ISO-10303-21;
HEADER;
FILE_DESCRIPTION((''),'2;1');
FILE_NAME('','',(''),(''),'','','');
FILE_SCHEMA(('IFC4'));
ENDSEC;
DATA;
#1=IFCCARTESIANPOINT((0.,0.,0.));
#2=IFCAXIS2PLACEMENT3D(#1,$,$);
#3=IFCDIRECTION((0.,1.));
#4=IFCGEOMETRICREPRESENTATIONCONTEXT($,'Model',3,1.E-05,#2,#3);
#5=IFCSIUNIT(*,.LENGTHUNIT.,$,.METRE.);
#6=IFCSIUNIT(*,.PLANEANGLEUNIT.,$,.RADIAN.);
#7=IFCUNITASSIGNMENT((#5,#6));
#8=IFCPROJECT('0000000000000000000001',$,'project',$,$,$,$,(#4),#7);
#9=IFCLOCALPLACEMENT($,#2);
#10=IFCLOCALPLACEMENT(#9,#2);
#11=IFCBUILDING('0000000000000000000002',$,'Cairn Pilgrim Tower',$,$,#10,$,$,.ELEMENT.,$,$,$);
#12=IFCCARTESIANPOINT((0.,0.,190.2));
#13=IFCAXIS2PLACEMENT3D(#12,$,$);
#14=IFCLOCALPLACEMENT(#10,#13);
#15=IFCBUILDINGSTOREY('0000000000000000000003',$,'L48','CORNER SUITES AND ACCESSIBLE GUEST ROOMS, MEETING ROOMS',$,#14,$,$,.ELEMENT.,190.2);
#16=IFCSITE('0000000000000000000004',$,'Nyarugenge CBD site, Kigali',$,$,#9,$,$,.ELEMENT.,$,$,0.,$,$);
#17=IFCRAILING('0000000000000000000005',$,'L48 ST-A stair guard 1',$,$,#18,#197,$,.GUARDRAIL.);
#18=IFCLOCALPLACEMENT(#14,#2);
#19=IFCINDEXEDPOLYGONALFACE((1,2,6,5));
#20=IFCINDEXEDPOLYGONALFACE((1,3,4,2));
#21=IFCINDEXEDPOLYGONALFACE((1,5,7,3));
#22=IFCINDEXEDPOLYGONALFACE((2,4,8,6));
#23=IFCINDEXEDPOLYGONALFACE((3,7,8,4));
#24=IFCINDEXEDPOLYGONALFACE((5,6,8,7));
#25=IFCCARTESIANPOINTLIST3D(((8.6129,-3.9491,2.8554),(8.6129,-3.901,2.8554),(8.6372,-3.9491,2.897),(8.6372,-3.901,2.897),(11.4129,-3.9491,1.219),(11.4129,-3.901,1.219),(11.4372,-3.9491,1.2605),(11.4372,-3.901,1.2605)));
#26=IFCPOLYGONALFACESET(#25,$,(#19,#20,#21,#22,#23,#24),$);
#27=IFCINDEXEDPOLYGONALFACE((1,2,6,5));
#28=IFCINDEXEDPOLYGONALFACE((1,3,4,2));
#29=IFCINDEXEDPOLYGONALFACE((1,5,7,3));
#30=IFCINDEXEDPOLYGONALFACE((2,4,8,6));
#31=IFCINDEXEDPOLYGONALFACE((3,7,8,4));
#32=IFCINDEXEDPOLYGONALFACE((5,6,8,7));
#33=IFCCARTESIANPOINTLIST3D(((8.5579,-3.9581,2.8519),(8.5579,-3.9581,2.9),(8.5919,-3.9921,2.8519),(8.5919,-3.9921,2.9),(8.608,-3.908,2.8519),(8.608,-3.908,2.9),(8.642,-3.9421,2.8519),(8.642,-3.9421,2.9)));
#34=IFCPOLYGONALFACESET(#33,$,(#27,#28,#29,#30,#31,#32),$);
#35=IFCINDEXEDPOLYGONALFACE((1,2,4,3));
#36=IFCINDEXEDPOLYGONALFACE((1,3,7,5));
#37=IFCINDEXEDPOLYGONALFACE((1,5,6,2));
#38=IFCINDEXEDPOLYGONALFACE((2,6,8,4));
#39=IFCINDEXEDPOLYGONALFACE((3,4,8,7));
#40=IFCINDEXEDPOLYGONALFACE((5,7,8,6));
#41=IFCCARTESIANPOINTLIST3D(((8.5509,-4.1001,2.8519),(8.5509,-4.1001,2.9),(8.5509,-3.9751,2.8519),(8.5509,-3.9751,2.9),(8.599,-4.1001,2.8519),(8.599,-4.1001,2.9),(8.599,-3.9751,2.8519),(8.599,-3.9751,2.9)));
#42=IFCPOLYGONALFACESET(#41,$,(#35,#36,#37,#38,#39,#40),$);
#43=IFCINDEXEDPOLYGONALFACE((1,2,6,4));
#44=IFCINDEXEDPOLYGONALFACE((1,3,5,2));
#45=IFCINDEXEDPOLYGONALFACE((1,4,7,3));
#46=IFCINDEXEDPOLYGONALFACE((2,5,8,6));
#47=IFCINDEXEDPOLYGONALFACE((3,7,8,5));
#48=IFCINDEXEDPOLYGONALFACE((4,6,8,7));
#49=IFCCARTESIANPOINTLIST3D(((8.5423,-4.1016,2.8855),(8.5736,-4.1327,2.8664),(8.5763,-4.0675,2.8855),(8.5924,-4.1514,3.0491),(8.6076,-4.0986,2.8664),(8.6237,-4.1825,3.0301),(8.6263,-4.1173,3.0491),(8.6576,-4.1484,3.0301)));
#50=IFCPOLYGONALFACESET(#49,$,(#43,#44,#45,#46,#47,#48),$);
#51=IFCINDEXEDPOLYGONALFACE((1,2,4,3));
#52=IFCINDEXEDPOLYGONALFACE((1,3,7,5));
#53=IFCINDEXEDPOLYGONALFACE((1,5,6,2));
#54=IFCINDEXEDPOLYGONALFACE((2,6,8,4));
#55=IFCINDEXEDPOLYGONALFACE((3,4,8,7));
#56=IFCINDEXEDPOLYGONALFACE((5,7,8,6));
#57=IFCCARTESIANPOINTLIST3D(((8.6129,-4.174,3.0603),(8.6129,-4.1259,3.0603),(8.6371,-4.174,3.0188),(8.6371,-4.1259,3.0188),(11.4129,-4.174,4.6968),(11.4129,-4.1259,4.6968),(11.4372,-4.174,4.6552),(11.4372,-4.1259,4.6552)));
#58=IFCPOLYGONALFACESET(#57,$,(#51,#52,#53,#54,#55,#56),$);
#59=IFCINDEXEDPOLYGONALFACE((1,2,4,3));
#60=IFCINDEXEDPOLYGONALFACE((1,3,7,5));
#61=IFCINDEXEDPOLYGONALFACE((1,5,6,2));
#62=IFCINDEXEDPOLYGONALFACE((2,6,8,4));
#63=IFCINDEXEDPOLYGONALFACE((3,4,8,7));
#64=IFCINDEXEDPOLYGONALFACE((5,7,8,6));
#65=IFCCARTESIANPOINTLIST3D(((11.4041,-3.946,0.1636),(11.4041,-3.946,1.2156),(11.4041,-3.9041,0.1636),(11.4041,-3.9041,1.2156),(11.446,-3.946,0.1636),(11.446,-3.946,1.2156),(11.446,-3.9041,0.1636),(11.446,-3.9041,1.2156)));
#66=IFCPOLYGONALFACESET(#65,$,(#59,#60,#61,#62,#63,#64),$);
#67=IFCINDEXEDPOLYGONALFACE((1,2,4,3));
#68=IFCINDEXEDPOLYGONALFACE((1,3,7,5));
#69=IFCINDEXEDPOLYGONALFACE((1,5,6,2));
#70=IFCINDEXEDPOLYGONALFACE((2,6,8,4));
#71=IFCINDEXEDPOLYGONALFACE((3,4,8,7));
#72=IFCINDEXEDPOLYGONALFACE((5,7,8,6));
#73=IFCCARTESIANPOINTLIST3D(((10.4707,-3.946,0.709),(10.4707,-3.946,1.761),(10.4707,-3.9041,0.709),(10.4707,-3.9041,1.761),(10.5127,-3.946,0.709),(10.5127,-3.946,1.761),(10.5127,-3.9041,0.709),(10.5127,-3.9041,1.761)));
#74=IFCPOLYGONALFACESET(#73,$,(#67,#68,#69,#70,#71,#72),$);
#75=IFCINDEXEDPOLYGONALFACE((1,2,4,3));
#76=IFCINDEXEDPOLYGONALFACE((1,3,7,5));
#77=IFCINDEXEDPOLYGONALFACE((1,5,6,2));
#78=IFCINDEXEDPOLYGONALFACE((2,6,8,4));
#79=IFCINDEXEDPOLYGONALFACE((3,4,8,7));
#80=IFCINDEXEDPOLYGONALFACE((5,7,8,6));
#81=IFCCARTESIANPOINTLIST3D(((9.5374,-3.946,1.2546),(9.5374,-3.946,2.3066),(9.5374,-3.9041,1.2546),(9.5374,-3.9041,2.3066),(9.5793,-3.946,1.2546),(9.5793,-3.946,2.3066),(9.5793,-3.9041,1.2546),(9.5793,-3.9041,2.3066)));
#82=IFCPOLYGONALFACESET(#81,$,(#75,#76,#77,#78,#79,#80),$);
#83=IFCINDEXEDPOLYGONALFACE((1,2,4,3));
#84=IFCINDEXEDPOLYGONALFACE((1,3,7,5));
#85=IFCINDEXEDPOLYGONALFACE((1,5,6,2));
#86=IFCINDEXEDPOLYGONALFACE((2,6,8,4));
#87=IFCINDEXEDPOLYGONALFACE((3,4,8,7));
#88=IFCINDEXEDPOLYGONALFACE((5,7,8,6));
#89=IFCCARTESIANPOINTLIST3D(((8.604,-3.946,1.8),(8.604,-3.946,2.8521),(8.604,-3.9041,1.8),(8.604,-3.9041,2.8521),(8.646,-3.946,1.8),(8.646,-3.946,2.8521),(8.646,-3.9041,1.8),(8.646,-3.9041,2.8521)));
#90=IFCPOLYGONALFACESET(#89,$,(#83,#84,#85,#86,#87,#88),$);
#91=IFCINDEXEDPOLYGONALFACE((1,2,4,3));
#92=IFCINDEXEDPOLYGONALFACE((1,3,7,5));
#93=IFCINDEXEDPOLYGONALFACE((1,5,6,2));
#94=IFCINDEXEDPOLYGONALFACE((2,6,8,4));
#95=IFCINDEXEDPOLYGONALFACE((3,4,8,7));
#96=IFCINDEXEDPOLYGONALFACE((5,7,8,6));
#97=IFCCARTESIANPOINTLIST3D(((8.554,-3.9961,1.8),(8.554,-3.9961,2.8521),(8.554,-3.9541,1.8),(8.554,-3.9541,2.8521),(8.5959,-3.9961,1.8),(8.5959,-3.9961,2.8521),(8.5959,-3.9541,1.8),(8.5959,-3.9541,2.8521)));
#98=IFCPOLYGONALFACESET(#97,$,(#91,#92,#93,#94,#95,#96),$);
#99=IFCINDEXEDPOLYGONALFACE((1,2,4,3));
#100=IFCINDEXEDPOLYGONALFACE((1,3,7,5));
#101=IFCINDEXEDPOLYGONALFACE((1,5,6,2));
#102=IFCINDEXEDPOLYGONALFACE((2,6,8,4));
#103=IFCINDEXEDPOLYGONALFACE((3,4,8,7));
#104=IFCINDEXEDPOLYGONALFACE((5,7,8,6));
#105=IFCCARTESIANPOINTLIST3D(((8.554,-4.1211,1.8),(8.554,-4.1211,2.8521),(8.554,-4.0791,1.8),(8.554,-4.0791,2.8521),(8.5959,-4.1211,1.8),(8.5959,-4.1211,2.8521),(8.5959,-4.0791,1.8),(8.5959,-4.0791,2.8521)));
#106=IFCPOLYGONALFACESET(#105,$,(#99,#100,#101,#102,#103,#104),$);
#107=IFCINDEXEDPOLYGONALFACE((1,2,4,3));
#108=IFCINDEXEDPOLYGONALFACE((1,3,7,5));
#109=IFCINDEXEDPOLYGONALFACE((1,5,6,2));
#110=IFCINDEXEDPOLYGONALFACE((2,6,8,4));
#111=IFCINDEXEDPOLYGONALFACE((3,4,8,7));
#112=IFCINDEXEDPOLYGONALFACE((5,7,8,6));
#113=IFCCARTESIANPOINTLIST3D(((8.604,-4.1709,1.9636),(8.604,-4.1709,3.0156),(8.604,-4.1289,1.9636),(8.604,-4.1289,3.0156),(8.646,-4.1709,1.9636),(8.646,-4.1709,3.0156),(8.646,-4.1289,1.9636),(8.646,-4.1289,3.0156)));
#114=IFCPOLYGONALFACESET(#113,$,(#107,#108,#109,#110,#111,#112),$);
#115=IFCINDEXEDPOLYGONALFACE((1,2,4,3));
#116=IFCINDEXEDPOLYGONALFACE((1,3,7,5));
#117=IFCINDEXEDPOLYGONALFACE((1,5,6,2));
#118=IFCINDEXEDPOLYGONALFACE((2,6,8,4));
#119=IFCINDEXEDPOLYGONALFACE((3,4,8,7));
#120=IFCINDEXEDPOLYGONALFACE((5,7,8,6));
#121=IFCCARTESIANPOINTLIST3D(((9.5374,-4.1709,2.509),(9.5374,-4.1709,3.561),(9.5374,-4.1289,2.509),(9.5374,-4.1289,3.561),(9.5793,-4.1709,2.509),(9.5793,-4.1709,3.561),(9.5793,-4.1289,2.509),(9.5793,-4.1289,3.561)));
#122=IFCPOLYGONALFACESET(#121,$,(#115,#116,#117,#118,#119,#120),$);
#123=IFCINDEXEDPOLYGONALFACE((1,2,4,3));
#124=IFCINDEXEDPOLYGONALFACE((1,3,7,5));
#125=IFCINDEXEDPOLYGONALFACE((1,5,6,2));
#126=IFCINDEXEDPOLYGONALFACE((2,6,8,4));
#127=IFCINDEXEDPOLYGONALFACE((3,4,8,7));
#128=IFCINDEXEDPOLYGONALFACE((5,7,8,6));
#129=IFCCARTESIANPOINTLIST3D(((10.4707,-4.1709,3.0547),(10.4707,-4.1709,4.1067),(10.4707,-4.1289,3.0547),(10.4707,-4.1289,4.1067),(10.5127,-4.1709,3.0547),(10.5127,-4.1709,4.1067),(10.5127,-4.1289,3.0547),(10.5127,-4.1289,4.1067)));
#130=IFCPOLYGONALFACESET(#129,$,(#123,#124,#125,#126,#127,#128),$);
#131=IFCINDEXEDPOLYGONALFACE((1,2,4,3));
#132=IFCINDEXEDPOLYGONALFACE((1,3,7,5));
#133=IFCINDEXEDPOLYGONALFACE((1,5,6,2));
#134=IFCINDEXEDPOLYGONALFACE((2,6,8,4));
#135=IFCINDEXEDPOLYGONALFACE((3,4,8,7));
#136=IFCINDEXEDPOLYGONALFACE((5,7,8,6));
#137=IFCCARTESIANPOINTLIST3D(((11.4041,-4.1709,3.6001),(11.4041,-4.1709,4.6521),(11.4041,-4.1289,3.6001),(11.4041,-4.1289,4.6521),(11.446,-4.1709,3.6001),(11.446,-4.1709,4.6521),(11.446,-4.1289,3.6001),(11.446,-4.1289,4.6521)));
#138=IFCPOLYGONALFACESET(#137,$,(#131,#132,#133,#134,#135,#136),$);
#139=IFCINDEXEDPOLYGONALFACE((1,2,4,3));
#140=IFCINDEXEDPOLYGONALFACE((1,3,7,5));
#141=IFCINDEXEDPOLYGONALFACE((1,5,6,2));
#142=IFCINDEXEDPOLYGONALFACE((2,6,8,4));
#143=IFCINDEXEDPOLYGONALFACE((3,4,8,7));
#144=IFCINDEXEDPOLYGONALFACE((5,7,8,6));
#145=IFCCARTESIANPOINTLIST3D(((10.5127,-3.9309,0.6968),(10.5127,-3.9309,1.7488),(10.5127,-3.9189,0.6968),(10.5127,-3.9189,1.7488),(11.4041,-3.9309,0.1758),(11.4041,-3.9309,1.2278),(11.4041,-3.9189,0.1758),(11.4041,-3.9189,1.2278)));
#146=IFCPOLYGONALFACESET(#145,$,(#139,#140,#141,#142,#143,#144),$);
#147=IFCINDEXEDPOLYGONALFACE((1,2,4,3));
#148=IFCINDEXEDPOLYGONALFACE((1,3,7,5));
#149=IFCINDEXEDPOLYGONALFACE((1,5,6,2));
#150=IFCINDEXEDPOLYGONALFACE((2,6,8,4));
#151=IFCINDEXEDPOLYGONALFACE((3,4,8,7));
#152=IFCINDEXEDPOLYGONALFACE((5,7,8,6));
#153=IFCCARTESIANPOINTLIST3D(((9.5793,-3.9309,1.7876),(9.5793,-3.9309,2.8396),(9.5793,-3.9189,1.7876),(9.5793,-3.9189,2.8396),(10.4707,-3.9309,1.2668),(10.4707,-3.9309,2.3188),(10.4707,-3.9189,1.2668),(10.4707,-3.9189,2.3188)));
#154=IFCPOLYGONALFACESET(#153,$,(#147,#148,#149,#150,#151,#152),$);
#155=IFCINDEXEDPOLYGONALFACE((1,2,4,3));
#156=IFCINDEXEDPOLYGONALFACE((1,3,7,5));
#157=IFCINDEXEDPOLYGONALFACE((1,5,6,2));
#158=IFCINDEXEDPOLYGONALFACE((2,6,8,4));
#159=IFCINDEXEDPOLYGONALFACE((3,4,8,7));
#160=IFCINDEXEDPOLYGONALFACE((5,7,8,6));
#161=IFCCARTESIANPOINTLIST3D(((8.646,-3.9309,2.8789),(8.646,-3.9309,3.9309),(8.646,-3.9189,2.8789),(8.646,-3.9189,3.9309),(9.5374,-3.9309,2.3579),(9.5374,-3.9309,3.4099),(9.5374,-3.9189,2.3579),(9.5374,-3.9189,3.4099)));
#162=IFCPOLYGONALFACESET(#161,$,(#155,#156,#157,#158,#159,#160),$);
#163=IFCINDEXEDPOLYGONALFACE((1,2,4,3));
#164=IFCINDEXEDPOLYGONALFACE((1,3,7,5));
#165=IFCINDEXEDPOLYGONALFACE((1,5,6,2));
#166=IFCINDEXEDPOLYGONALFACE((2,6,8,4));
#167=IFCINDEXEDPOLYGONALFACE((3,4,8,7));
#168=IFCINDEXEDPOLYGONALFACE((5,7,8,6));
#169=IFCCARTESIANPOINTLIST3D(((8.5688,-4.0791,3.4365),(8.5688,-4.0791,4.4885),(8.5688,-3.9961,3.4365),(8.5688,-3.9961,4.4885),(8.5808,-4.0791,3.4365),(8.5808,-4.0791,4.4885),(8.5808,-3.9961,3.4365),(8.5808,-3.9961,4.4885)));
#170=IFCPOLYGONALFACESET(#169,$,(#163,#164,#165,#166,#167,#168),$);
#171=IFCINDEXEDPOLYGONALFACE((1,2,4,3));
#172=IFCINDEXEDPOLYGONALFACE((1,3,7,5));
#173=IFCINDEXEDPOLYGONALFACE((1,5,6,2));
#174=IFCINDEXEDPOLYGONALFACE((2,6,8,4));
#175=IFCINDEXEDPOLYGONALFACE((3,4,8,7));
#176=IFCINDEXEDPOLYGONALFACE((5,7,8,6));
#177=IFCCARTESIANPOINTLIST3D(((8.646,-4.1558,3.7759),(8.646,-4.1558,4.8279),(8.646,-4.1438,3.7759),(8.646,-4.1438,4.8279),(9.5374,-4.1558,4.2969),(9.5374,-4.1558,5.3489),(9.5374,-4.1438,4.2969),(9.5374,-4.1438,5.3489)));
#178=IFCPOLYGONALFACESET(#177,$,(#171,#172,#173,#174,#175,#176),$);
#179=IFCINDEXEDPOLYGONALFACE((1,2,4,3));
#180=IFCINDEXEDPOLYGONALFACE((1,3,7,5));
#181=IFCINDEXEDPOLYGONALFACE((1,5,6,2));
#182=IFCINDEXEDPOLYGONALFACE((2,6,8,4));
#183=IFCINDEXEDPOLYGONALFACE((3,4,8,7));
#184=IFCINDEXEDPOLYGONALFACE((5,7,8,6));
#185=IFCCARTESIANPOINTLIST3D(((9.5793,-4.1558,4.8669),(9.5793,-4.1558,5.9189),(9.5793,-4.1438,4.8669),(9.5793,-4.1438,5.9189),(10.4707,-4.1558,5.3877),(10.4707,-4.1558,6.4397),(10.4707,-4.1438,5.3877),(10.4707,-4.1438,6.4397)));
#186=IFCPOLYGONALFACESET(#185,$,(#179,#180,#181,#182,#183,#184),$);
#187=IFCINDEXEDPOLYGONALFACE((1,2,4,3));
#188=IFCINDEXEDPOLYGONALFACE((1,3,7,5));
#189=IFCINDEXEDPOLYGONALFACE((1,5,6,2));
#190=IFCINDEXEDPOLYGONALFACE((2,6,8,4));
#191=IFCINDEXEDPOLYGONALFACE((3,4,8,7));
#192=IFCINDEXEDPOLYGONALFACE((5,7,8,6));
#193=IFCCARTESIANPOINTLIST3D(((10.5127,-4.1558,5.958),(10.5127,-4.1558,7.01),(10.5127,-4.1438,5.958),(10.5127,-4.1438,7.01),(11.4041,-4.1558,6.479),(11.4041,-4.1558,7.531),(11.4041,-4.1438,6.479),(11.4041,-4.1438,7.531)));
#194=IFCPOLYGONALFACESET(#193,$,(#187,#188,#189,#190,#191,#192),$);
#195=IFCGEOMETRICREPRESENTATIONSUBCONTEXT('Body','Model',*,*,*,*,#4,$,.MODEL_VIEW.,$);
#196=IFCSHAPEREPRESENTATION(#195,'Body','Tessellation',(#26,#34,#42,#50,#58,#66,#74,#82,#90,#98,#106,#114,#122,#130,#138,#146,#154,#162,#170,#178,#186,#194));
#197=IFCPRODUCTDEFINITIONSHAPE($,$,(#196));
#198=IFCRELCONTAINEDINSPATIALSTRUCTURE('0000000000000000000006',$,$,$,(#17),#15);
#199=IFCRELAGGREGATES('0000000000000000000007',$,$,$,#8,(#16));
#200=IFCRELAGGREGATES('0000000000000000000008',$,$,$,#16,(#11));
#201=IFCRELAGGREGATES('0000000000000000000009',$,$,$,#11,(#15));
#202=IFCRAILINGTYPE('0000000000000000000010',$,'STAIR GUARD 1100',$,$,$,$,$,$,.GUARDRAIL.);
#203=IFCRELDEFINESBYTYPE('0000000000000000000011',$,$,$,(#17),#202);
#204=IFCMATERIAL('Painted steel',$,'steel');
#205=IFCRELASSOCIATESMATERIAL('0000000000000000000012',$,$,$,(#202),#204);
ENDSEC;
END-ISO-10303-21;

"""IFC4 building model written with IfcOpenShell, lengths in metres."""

from ifc_helpers import new_model, si_unit, direction, frame, origin, origin_2d, place, context, subcontext, project, spatial, polyline, rectangle, outline, extrude, material, type_object, element, save


model = new_model("IFC4")

# Units and contexts
model_context = context("Model", 3, precision=1e-05, world=origin(), true_north=direction((0.0, 1.0)))
body_context = subcontext(model_context, "Body", "Model", "MODEL_VIEW")
ifc_project = project(units=[si_unit("LENGTHUNIT", "METRE"), si_unit("PLANEANGLEUNIT", "RADIAN")], contexts=[model_context])

# Site, building, storey
site_placement = place(None, origin())
site = spatial("IfcSite", under=ifc_project, at=site_placement, Name="Nyarugenge CBD site, Kigali", CompositionType="ELEMENT", RefElevation=0.0)
building_placement = place(site_placement, origin())
building = spatial("IfcBuilding", under=site, at=building_placement, Name="Cairn Pilgrim Tower", CompositionType="ELEMENT")
storey_placement = place(building_placement, frame((0.0, 0.0, 190.2)))
storey = spatial("IfcBuildingStorey", under=building, at=storey_placement, Name="L48", Description="CORNER SUITES AND ACCESSIBLE GUEST ROOMS, MEETING ROOMS", CompositionType="ELEMENT", Elevation=190.2)

# Shared definitions
ifc_material_1 = material(Name="Painted steel", Category="steel")

# Railing
railing_type_1 = type_object("IfcRailingType", Name="STAIR GUARD 1100", PredefinedType="GUARDRAIL", material=ifc_material_1)
railing_1_placement = place(storey_placement, frame((11.425, -3.925, 0.1636)))
element("IfcRailing", 1, at=railing_1_placement, inside=storey, type_object=railing_type_1, Name="L48 ST-A stair guard 1", PredefinedType="GUARDRAIL", context=body_context, shape_type="SweptSolid", body=[
    extrude(rectangle(XDim=0.0481, YDim=0.0481, at=origin_2d()), frame((0.0, 0.0, 1.0762), z_axis=(-0.863361, 0.0, 0.504587), x_axis=(0.0, -1.0, 0.0)), (0.0, 0.0, 1.0), 3.2432),
    extrude(rectangle(XDim=0.0481, YDim=0.0481, at=origin_2d()), frame((-2.8, 0.0, 2.7124), z_axis=(-0.707107, -0.707107, 0.0), x_axis=(0.707107, -0.707107, 0.0)), (0.0, 0.0, 1.0), 0.0708),
    extrude(rectangle(XDim=0.0481, YDim=0.0481, at=origin_2d()), frame((-2.8501, -0.05, 2.7124), z_axis=(0.0, -1.0, 0.0), x_axis=(1.0, 0.0, 0.0)), (0.0, 0.0, 1.0), 0.125),
    extrude(rectangle(XDim=0.0481, YDim=0.0481, at=origin_2d()), frame((-2.8501, -0.175, 2.7124), z_axis=(0.280917, -0.279546, 0.918118), x_axis=(0.705376, 0.708834, 0.0)), (0.0, 0.0, 1.0), 0.1782),
    extrude(rectangle(XDim=0.0481, YDim=0.0481, at=origin_2d()), frame((-2.8, -0.2249, 2.876), z_axis=(0.863361, 0.0, 0.504587), x_axis=(0.0, 1.0, 0.0)), (0.0, 0.0, 1.0), 3.2432),
    extrude(rectangle(XDim=0.042, YDim=0.042, at=origin_2d()), origin(), (0.0, 0.0, 1.0), 1.052),
    extrude(rectangle(XDim=0.042, YDim=0.042, at=origin_2d()), frame((-0.9333, 0.0, 0.5454)), (0.0, 0.0, 1.0), 1.052),
    extrude(rectangle(XDim=0.042, YDim=0.042, at=origin_2d()), frame((-1.8667, 0.0, 1.0911)), (0.0, 0.0, 1.0), 1.052),
    extrude(rectangle(XDim=0.042, YDim=0.042, at=origin_2d()), frame((-2.8, 0.0, 1.6365)), (0.0, 0.0, 1.0), 1.052),
    extrude(rectangle(XDim=0.042, YDim=0.042, at=origin_2d()), frame((-2.8501, -0.05, 1.6365)), (0.0, 0.0, 1.0), 1.052),
    extrude(rectangle(XDim=0.042, YDim=0.042, at=origin_2d()), frame((-2.8501, -0.175, 1.6365)), (0.0, 0.0, 1.0), 1.052),
    extrude(rectangle(XDim=0.042, YDim=0.042, at=origin_2d()), frame((-2.8, -0.2249, 1.8)), (0.0, 0.0, 1.0), 1.052),
    extrude(rectangle(XDim=0.042, YDim=0.042, at=origin_2d()), frame((-1.8667, -0.2249, 2.3455)), (0.0, 0.0, 1.0), 1.052),
    extrude(rectangle(XDim=0.042, YDim=0.042, at=origin_2d()), frame((-0.9333, -0.2249, 2.8911)), (0.0, 0.0, 1.0), 1.052),
    extrude(rectangle(XDim=0.042, YDim=0.042, at=origin_2d()), frame((0.0, -0.2249, 3.4365)), (0.0, 0.0, 1.0), 1.052),
    extrude(outline(polyline([(0.021, 0.0122), (0.9124, 0.5332), (0.9124, 1.5852), (0.021, 1.0642), (0.021, 0.0122)])), frame((0.0, -0.0059, 0.0), z_axis=(0.0, 1.0, 0.0), x_axis=(-1.0, 0.0, 0.0)), (0.0, 0.0, 1.0), 0.012),
    extrude(outline(polyline([(0.021, 0.5579), (0.9124, 1.0786), (0.9124, 2.1306), (0.021, 1.6099), (0.021, 0.5579)])), frame((-0.9333, -0.0059, 0.5454), z_axis=(0.0, 1.0, 0.0), x_axis=(-1.0, 0.0, 0.0)), (0.0, 0.0, 1.0), 0.012),
    extrude(outline(polyline([(0.021, 1.1033), (0.9124, 1.6243), (0.9124, 2.6763), (0.021, 2.1553), (0.021, 1.1033)])), frame((-1.8667, -0.0059, 1.0911), z_axis=(0.0, 1.0, 0.0), x_axis=(-1.0, 0.0, 0.0)), (0.0, 0.0, 1.0), 0.012),
    extrude(outline(polyline([(0.021, 1.6365), (0.104, 1.6365), (0.104, 2.6885), (0.021, 2.6885), (0.021, 1.6365)])), frame((-2.8442, -0.05, 1.6365), z_axis=(-1.0, 0.0, 0.0), x_axis=(0.0, -1.0, 0.0)), (0.0, 0.0, 1.0), 0.012),
    extrude(outline(polyline([(0.021, 1.8123), (0.9124, 2.3333), (0.9124, 3.3853), (0.021, 2.8643), (0.021, 1.8123)])), frame((-2.8, -0.2188, 1.8), z_axis=(0.0, -1.0, 0.0), x_axis=(1.0, 0.0, 0.0)), (0.0, 0.0, 1.0), 0.012),
    extrude(outline(polyline([(0.021, 2.3579), (0.9124, 2.8787), (0.9124, 3.9307), (0.021, 3.4099), (0.021, 2.3579)])), frame((-1.8667, -0.2188, 2.3455), z_axis=(0.0, -1.0, 0.0), x_axis=(1.0, 0.0, 0.0)), (0.0, 0.0, 1.0), 0.012),
    extrude(outline(polyline([(0.021, 2.9033), (0.9124, 3.4243), (0.9124, 4.4763), (0.021, 3.9553), (0.021, 2.9033)])), frame((-0.9333, -0.2188, 2.8911), z_axis=(0.0, -1.0, 0.0), x_axis=(1.0, 0.0, 0.0)), (0.0, 0.0, 1.0), 0.012),
])

save(model, "model.ifc")
